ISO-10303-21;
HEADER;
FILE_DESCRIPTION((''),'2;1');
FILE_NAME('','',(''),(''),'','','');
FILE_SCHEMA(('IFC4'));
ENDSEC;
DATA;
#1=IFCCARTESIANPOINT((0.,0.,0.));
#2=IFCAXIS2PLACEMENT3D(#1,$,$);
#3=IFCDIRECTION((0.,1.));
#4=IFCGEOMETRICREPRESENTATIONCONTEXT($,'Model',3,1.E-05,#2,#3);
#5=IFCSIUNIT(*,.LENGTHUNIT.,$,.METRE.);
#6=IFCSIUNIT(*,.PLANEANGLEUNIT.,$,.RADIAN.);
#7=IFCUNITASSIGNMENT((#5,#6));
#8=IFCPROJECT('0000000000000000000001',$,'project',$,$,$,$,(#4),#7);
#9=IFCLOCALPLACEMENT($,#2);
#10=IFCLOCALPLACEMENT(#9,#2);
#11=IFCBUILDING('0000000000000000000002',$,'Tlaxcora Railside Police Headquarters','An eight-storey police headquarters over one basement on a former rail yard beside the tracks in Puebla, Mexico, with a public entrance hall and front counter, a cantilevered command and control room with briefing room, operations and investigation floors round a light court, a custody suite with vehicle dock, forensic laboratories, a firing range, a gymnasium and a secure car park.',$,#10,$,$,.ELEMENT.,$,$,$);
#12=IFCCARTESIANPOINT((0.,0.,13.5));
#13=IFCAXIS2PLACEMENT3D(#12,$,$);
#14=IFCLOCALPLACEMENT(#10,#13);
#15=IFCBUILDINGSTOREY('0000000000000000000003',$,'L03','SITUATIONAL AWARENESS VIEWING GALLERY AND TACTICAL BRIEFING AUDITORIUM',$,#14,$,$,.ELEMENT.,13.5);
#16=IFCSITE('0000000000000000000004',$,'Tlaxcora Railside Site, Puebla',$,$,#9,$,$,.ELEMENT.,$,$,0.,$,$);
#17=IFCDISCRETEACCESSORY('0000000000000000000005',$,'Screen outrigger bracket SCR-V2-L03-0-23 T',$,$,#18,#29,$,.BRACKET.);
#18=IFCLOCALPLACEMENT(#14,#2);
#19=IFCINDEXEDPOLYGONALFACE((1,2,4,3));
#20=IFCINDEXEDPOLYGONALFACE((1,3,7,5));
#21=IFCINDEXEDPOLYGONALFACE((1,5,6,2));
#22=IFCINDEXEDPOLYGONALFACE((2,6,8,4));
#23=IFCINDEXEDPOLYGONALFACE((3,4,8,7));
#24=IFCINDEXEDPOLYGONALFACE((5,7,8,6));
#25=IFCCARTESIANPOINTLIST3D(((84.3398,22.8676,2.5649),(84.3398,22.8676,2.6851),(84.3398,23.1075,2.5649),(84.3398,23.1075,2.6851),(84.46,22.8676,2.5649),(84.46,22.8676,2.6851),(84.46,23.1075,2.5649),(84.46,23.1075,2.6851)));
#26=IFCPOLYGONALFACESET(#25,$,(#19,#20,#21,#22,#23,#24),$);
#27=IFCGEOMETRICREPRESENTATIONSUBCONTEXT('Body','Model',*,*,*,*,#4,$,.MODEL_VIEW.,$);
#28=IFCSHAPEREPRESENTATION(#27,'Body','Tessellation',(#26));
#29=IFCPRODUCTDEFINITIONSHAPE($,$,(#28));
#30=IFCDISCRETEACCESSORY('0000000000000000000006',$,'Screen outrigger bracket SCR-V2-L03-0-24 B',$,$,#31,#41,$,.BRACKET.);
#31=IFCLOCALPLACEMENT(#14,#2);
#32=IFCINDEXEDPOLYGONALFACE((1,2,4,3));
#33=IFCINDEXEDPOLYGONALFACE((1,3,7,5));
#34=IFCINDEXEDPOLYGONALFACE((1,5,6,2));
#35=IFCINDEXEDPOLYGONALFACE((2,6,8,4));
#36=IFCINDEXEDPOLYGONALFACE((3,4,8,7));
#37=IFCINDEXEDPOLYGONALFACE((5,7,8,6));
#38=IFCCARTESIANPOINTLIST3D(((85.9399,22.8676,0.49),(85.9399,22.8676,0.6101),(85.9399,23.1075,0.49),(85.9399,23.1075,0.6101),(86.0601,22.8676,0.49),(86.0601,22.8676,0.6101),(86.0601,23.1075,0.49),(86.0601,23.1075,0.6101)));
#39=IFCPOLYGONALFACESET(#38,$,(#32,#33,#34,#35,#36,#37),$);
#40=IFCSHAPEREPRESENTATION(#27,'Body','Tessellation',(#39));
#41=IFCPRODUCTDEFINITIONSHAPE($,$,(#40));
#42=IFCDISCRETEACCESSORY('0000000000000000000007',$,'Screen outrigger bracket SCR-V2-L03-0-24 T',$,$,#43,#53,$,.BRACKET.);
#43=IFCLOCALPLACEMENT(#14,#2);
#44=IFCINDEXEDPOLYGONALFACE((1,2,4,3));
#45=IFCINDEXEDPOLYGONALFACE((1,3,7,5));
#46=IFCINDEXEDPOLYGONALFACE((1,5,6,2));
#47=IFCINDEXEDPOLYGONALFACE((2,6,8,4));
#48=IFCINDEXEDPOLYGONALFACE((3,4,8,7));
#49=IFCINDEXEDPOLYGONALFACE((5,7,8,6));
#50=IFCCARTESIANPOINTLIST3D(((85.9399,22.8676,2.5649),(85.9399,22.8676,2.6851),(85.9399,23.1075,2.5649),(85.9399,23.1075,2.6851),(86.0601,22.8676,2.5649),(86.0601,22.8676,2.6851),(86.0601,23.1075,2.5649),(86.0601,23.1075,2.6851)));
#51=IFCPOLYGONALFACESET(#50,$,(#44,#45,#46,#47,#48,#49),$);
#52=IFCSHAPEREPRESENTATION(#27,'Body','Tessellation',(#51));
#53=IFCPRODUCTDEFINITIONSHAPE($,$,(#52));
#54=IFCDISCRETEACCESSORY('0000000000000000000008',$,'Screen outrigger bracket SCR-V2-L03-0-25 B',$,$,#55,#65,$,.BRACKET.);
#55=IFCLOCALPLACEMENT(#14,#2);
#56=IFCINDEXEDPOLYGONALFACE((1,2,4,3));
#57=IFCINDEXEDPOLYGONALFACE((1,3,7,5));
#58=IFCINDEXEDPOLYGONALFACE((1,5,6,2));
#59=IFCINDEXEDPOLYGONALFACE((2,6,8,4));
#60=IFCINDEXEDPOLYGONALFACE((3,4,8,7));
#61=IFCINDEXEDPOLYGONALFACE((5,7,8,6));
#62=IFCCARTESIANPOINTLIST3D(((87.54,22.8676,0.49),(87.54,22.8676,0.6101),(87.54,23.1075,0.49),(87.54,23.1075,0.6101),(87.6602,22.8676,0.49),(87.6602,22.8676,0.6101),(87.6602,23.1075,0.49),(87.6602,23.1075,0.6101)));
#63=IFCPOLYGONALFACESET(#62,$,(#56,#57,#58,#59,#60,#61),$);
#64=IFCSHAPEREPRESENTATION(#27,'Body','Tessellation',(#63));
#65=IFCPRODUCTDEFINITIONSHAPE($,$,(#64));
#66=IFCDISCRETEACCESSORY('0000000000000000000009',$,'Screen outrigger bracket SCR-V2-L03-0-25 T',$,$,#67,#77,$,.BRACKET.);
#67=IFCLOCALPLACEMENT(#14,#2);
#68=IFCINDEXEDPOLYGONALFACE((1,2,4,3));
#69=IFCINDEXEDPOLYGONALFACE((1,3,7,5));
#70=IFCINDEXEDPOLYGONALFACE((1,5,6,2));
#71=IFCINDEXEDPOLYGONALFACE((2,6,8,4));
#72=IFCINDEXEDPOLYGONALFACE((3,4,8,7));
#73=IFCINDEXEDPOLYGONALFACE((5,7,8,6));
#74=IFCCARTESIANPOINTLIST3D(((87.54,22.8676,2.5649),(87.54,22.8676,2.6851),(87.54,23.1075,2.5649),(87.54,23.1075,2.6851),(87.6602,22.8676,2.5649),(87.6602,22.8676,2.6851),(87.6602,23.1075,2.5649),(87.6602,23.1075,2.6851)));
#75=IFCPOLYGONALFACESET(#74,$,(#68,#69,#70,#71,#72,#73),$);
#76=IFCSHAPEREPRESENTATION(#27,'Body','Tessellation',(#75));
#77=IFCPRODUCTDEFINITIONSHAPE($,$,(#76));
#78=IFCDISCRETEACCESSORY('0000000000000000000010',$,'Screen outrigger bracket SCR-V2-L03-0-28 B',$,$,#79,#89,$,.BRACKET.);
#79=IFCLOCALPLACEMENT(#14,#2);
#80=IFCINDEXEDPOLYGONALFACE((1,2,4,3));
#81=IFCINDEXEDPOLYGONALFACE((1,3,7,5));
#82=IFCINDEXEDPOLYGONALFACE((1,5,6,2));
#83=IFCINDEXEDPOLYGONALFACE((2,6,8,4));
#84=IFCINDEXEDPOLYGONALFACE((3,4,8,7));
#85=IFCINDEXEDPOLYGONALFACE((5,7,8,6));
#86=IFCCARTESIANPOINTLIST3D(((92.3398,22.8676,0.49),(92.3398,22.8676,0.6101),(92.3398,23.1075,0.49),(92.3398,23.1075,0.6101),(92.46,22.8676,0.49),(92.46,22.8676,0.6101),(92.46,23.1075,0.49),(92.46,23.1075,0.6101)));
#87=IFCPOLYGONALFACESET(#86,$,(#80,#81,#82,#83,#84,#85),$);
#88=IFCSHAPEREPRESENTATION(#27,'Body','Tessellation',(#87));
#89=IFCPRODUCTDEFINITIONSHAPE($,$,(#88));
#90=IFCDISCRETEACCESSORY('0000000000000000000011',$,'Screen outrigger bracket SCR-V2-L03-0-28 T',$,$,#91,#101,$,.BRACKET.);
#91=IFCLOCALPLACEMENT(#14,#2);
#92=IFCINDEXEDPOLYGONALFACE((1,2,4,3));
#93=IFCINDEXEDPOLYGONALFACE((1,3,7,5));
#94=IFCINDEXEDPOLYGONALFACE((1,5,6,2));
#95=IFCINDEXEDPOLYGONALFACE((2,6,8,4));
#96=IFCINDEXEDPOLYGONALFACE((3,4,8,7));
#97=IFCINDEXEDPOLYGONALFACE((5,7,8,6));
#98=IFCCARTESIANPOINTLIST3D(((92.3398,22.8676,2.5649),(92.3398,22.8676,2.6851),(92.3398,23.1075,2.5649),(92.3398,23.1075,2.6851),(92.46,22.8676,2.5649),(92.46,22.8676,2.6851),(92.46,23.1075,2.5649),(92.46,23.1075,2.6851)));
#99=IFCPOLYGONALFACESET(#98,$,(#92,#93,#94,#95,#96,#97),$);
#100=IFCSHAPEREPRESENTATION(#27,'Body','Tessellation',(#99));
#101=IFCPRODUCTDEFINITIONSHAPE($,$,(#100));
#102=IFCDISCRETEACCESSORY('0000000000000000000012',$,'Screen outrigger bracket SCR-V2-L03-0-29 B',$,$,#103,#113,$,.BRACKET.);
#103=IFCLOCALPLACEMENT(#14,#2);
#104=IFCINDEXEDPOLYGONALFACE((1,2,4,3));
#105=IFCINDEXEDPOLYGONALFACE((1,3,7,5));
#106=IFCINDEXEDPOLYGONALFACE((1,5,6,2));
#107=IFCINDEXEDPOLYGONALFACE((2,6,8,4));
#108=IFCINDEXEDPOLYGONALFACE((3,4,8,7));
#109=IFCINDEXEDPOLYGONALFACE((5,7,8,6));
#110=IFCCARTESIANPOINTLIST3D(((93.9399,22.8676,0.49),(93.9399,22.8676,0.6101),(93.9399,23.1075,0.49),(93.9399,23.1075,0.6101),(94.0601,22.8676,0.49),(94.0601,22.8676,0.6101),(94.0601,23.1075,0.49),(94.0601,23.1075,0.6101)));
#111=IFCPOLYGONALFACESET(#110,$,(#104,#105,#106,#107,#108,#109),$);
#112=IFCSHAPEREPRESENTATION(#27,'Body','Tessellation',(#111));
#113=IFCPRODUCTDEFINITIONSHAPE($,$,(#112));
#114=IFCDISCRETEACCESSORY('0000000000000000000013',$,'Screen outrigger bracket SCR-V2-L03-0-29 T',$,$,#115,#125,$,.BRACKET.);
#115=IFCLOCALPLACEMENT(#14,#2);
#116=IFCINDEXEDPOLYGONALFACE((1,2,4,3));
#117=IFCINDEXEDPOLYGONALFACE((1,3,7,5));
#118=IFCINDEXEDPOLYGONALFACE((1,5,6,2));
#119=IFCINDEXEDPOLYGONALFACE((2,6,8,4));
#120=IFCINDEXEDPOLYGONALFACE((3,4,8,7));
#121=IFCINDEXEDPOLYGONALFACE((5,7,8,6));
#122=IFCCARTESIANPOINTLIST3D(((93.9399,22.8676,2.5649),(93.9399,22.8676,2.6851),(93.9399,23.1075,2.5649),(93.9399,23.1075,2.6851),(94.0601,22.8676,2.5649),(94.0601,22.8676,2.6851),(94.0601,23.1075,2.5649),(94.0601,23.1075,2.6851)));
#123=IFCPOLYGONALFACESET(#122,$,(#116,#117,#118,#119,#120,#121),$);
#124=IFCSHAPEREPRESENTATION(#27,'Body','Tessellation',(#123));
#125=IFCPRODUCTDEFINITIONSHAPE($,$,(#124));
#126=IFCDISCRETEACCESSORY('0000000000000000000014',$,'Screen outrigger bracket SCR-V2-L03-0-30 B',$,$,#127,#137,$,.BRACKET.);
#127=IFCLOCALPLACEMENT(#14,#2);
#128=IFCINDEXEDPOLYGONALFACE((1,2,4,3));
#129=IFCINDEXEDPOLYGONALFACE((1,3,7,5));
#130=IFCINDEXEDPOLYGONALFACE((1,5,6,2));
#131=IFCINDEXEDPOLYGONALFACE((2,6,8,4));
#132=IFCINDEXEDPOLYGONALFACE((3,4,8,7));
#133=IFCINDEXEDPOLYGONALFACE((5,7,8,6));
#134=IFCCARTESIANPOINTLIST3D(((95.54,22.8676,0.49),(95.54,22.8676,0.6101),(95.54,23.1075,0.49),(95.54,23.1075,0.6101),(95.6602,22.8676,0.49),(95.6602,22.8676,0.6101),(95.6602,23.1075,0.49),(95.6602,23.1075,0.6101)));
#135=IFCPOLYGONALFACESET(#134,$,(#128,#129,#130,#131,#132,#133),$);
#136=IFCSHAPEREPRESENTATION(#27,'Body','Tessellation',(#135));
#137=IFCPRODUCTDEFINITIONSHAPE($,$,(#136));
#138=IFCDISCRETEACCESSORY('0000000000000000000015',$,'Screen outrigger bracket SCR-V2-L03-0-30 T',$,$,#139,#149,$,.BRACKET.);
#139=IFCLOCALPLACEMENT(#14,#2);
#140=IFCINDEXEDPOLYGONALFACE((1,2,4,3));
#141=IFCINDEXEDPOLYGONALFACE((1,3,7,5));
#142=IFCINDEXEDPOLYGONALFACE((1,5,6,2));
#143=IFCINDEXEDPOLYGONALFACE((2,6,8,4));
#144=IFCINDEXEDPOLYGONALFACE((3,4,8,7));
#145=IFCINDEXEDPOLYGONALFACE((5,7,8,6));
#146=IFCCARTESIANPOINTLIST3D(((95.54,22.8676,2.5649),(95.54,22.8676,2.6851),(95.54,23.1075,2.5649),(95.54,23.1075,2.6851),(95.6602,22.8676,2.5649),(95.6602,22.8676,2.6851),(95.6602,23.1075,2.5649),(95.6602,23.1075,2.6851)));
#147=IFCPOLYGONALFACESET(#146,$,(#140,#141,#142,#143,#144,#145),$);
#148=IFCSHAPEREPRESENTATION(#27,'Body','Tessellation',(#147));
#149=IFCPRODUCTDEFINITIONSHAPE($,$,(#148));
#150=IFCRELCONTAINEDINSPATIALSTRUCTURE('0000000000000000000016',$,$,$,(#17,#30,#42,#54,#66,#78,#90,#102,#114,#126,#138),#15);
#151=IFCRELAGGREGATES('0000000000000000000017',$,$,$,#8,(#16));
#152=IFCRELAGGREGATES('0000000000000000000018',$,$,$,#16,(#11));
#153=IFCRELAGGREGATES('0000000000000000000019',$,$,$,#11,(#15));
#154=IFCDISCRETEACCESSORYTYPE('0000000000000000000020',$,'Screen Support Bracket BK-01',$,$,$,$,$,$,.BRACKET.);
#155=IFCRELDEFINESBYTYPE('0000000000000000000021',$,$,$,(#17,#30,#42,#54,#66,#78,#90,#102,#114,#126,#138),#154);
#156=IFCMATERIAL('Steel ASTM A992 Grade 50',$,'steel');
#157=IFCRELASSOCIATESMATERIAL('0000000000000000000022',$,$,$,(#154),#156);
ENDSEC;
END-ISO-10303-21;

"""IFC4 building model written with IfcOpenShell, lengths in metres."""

from ifc_helpers import new_model, si_unit, direction, frame, origin, origin_2d, place, context, subcontext, project, spatial, rectangle, extrude, material, type_object, element, save


model = new_model("IFC4")

# Units and contexts
model_context = context("Model", 3, precision=1e-05, world=origin(), true_north=direction((0.0, 1.0)))
body_context = subcontext(model_context, "Body", "Model", "MODEL_VIEW")
ifc_project = project(units=[si_unit("LENGTHUNIT", "METRE"), si_unit("PLANEANGLEUNIT", "RADIAN")], contexts=[model_context])

# Site, building, storey
site_placement = place(None, origin())
site = spatial("IfcSite", under=ifc_project, at=site_placement, Name="Tlaxcora Railside Site, Puebla", CompositionType="ELEMENT", RefElevation=0.0)
building_placement = place(site_placement, origin())
building = spatial("IfcBuilding", under=site, at=building_placement, Name="Tlaxcora Railside Police Headquarters", Description="An eight-storey police headquarters over one basement on a former rail yard beside the tracks in Puebla, Mexico, with a public entrance hall and front counter, a cantilevered command and control room with briefing room, operations and investigation floors round a light court, a custody suite with vehicle dock, forensic laboratories, a firing range, a gymnasium and a secure car park.", CompositionType="ELEMENT")
storey_placement = place(building_placement, frame((0.0, 0.0, 13.5)))
storey = spatial("IfcBuildingStorey", under=building, at=storey_placement, Name="L03", Description="SITUATIONAL AWARENESS VIEWING GALLERY AND TACTICAL BRIEFING AUDITORIUM", CompositionType="ELEMENT", Elevation=13.5)

# Shared definitions
ifc_material_1 = material(Name="Steel ASTM A992 Grade 50", Category="steel")

# Discrete accessories
discrete_accessory_type = type_object("IfcDiscreteAccessoryType", Name="Screen Support Bracket BK-01", PredefinedType="BRACKET", material=ifc_material_1)
for number, where, z_axis, x_axis, name in (
    (1, (84.3999, 22.9875, 2.5649), (0.0, 0.0, 1.0), (1.0, 0.0, 0.0), "Screen outrigger bracket SCR-V2-L03-0-23 T"),
    (2, (86.0, 22.9875, 0.49), (0.0, 0.0, 1.0), (1.0, 0.0, 0.0), "Screen outrigger bracket SCR-V2-L03-0-24 B"),
    (3, (86.0, 22.9875, 2.5649), (0.0, 0.0, 1.0), (1.0, 0.0, 0.0), "Screen outrigger bracket SCR-V2-L03-0-24 T"),
    (4, (87.6001, 22.9875, 0.49), (0.0, 0.0, 1.0), (1.0, 0.0, 0.0), "Screen outrigger bracket SCR-V2-L03-0-25 B"),
    (5, (87.6001, 22.9875, 2.5649), (0.0, 0.0, 1.0), (1.0, 0.0, 0.0), "Screen outrigger bracket SCR-V2-L03-0-25 T"),
    (6, (92.3999, 22.9875, 0.49), (0.0, 0.0, 1.0), (1.0, 0.0, 0.0), "Screen outrigger bracket SCR-V2-L03-0-28 B"),
    (7, (92.3999, 22.9875, 2.5649), (0.0, 0.0, 1.0), (1.0, 0.0, 0.0), "Screen outrigger bracket SCR-V2-L03-0-28 T"),
    (8, (94.0, 22.9875, 0.49), (0.0, 0.0, 1.0), (1.0, 0.0, 0.0), "Screen outrigger bracket SCR-V2-L03-0-29 B"),
    (9, (94.0, 22.9875, 2.5649), (0.0, 0.0, 1.0), (1.0, 0.0, 0.0), "Screen outrigger bracket SCR-V2-L03-0-29 T"),
    (10, (95.6001, 22.9875, 0.49), (0.0, 0.0, 1.0), (1.0, 0.0, 0.0), "Screen outrigger bracket SCR-V2-L03-0-30 B"),
    (11, (95.6001, 22.9875, 2.5649), (0.0, 0.0, 1.0), (1.0, 0.0, 0.0), "Screen outrigger bracket SCR-V2-L03-0-30 T"),
):
    element("IfcDiscreteAccessory", number, at=place(storey_placement, frame(where, z_axis=z_axis, x_axis=x_axis)), inside=storey, type_object=discrete_accessory_type, Name=name, PredefinedType="BRACKET", context=body_context, shape_type="SweptSolid", body=[
        extrude(rectangle(XDim=0.1201, YDim=0.24, at=origin_2d()), origin(), (0.0, 0.0, 1.0), 0.1201),
    ])

save(model, "model.ifc")
